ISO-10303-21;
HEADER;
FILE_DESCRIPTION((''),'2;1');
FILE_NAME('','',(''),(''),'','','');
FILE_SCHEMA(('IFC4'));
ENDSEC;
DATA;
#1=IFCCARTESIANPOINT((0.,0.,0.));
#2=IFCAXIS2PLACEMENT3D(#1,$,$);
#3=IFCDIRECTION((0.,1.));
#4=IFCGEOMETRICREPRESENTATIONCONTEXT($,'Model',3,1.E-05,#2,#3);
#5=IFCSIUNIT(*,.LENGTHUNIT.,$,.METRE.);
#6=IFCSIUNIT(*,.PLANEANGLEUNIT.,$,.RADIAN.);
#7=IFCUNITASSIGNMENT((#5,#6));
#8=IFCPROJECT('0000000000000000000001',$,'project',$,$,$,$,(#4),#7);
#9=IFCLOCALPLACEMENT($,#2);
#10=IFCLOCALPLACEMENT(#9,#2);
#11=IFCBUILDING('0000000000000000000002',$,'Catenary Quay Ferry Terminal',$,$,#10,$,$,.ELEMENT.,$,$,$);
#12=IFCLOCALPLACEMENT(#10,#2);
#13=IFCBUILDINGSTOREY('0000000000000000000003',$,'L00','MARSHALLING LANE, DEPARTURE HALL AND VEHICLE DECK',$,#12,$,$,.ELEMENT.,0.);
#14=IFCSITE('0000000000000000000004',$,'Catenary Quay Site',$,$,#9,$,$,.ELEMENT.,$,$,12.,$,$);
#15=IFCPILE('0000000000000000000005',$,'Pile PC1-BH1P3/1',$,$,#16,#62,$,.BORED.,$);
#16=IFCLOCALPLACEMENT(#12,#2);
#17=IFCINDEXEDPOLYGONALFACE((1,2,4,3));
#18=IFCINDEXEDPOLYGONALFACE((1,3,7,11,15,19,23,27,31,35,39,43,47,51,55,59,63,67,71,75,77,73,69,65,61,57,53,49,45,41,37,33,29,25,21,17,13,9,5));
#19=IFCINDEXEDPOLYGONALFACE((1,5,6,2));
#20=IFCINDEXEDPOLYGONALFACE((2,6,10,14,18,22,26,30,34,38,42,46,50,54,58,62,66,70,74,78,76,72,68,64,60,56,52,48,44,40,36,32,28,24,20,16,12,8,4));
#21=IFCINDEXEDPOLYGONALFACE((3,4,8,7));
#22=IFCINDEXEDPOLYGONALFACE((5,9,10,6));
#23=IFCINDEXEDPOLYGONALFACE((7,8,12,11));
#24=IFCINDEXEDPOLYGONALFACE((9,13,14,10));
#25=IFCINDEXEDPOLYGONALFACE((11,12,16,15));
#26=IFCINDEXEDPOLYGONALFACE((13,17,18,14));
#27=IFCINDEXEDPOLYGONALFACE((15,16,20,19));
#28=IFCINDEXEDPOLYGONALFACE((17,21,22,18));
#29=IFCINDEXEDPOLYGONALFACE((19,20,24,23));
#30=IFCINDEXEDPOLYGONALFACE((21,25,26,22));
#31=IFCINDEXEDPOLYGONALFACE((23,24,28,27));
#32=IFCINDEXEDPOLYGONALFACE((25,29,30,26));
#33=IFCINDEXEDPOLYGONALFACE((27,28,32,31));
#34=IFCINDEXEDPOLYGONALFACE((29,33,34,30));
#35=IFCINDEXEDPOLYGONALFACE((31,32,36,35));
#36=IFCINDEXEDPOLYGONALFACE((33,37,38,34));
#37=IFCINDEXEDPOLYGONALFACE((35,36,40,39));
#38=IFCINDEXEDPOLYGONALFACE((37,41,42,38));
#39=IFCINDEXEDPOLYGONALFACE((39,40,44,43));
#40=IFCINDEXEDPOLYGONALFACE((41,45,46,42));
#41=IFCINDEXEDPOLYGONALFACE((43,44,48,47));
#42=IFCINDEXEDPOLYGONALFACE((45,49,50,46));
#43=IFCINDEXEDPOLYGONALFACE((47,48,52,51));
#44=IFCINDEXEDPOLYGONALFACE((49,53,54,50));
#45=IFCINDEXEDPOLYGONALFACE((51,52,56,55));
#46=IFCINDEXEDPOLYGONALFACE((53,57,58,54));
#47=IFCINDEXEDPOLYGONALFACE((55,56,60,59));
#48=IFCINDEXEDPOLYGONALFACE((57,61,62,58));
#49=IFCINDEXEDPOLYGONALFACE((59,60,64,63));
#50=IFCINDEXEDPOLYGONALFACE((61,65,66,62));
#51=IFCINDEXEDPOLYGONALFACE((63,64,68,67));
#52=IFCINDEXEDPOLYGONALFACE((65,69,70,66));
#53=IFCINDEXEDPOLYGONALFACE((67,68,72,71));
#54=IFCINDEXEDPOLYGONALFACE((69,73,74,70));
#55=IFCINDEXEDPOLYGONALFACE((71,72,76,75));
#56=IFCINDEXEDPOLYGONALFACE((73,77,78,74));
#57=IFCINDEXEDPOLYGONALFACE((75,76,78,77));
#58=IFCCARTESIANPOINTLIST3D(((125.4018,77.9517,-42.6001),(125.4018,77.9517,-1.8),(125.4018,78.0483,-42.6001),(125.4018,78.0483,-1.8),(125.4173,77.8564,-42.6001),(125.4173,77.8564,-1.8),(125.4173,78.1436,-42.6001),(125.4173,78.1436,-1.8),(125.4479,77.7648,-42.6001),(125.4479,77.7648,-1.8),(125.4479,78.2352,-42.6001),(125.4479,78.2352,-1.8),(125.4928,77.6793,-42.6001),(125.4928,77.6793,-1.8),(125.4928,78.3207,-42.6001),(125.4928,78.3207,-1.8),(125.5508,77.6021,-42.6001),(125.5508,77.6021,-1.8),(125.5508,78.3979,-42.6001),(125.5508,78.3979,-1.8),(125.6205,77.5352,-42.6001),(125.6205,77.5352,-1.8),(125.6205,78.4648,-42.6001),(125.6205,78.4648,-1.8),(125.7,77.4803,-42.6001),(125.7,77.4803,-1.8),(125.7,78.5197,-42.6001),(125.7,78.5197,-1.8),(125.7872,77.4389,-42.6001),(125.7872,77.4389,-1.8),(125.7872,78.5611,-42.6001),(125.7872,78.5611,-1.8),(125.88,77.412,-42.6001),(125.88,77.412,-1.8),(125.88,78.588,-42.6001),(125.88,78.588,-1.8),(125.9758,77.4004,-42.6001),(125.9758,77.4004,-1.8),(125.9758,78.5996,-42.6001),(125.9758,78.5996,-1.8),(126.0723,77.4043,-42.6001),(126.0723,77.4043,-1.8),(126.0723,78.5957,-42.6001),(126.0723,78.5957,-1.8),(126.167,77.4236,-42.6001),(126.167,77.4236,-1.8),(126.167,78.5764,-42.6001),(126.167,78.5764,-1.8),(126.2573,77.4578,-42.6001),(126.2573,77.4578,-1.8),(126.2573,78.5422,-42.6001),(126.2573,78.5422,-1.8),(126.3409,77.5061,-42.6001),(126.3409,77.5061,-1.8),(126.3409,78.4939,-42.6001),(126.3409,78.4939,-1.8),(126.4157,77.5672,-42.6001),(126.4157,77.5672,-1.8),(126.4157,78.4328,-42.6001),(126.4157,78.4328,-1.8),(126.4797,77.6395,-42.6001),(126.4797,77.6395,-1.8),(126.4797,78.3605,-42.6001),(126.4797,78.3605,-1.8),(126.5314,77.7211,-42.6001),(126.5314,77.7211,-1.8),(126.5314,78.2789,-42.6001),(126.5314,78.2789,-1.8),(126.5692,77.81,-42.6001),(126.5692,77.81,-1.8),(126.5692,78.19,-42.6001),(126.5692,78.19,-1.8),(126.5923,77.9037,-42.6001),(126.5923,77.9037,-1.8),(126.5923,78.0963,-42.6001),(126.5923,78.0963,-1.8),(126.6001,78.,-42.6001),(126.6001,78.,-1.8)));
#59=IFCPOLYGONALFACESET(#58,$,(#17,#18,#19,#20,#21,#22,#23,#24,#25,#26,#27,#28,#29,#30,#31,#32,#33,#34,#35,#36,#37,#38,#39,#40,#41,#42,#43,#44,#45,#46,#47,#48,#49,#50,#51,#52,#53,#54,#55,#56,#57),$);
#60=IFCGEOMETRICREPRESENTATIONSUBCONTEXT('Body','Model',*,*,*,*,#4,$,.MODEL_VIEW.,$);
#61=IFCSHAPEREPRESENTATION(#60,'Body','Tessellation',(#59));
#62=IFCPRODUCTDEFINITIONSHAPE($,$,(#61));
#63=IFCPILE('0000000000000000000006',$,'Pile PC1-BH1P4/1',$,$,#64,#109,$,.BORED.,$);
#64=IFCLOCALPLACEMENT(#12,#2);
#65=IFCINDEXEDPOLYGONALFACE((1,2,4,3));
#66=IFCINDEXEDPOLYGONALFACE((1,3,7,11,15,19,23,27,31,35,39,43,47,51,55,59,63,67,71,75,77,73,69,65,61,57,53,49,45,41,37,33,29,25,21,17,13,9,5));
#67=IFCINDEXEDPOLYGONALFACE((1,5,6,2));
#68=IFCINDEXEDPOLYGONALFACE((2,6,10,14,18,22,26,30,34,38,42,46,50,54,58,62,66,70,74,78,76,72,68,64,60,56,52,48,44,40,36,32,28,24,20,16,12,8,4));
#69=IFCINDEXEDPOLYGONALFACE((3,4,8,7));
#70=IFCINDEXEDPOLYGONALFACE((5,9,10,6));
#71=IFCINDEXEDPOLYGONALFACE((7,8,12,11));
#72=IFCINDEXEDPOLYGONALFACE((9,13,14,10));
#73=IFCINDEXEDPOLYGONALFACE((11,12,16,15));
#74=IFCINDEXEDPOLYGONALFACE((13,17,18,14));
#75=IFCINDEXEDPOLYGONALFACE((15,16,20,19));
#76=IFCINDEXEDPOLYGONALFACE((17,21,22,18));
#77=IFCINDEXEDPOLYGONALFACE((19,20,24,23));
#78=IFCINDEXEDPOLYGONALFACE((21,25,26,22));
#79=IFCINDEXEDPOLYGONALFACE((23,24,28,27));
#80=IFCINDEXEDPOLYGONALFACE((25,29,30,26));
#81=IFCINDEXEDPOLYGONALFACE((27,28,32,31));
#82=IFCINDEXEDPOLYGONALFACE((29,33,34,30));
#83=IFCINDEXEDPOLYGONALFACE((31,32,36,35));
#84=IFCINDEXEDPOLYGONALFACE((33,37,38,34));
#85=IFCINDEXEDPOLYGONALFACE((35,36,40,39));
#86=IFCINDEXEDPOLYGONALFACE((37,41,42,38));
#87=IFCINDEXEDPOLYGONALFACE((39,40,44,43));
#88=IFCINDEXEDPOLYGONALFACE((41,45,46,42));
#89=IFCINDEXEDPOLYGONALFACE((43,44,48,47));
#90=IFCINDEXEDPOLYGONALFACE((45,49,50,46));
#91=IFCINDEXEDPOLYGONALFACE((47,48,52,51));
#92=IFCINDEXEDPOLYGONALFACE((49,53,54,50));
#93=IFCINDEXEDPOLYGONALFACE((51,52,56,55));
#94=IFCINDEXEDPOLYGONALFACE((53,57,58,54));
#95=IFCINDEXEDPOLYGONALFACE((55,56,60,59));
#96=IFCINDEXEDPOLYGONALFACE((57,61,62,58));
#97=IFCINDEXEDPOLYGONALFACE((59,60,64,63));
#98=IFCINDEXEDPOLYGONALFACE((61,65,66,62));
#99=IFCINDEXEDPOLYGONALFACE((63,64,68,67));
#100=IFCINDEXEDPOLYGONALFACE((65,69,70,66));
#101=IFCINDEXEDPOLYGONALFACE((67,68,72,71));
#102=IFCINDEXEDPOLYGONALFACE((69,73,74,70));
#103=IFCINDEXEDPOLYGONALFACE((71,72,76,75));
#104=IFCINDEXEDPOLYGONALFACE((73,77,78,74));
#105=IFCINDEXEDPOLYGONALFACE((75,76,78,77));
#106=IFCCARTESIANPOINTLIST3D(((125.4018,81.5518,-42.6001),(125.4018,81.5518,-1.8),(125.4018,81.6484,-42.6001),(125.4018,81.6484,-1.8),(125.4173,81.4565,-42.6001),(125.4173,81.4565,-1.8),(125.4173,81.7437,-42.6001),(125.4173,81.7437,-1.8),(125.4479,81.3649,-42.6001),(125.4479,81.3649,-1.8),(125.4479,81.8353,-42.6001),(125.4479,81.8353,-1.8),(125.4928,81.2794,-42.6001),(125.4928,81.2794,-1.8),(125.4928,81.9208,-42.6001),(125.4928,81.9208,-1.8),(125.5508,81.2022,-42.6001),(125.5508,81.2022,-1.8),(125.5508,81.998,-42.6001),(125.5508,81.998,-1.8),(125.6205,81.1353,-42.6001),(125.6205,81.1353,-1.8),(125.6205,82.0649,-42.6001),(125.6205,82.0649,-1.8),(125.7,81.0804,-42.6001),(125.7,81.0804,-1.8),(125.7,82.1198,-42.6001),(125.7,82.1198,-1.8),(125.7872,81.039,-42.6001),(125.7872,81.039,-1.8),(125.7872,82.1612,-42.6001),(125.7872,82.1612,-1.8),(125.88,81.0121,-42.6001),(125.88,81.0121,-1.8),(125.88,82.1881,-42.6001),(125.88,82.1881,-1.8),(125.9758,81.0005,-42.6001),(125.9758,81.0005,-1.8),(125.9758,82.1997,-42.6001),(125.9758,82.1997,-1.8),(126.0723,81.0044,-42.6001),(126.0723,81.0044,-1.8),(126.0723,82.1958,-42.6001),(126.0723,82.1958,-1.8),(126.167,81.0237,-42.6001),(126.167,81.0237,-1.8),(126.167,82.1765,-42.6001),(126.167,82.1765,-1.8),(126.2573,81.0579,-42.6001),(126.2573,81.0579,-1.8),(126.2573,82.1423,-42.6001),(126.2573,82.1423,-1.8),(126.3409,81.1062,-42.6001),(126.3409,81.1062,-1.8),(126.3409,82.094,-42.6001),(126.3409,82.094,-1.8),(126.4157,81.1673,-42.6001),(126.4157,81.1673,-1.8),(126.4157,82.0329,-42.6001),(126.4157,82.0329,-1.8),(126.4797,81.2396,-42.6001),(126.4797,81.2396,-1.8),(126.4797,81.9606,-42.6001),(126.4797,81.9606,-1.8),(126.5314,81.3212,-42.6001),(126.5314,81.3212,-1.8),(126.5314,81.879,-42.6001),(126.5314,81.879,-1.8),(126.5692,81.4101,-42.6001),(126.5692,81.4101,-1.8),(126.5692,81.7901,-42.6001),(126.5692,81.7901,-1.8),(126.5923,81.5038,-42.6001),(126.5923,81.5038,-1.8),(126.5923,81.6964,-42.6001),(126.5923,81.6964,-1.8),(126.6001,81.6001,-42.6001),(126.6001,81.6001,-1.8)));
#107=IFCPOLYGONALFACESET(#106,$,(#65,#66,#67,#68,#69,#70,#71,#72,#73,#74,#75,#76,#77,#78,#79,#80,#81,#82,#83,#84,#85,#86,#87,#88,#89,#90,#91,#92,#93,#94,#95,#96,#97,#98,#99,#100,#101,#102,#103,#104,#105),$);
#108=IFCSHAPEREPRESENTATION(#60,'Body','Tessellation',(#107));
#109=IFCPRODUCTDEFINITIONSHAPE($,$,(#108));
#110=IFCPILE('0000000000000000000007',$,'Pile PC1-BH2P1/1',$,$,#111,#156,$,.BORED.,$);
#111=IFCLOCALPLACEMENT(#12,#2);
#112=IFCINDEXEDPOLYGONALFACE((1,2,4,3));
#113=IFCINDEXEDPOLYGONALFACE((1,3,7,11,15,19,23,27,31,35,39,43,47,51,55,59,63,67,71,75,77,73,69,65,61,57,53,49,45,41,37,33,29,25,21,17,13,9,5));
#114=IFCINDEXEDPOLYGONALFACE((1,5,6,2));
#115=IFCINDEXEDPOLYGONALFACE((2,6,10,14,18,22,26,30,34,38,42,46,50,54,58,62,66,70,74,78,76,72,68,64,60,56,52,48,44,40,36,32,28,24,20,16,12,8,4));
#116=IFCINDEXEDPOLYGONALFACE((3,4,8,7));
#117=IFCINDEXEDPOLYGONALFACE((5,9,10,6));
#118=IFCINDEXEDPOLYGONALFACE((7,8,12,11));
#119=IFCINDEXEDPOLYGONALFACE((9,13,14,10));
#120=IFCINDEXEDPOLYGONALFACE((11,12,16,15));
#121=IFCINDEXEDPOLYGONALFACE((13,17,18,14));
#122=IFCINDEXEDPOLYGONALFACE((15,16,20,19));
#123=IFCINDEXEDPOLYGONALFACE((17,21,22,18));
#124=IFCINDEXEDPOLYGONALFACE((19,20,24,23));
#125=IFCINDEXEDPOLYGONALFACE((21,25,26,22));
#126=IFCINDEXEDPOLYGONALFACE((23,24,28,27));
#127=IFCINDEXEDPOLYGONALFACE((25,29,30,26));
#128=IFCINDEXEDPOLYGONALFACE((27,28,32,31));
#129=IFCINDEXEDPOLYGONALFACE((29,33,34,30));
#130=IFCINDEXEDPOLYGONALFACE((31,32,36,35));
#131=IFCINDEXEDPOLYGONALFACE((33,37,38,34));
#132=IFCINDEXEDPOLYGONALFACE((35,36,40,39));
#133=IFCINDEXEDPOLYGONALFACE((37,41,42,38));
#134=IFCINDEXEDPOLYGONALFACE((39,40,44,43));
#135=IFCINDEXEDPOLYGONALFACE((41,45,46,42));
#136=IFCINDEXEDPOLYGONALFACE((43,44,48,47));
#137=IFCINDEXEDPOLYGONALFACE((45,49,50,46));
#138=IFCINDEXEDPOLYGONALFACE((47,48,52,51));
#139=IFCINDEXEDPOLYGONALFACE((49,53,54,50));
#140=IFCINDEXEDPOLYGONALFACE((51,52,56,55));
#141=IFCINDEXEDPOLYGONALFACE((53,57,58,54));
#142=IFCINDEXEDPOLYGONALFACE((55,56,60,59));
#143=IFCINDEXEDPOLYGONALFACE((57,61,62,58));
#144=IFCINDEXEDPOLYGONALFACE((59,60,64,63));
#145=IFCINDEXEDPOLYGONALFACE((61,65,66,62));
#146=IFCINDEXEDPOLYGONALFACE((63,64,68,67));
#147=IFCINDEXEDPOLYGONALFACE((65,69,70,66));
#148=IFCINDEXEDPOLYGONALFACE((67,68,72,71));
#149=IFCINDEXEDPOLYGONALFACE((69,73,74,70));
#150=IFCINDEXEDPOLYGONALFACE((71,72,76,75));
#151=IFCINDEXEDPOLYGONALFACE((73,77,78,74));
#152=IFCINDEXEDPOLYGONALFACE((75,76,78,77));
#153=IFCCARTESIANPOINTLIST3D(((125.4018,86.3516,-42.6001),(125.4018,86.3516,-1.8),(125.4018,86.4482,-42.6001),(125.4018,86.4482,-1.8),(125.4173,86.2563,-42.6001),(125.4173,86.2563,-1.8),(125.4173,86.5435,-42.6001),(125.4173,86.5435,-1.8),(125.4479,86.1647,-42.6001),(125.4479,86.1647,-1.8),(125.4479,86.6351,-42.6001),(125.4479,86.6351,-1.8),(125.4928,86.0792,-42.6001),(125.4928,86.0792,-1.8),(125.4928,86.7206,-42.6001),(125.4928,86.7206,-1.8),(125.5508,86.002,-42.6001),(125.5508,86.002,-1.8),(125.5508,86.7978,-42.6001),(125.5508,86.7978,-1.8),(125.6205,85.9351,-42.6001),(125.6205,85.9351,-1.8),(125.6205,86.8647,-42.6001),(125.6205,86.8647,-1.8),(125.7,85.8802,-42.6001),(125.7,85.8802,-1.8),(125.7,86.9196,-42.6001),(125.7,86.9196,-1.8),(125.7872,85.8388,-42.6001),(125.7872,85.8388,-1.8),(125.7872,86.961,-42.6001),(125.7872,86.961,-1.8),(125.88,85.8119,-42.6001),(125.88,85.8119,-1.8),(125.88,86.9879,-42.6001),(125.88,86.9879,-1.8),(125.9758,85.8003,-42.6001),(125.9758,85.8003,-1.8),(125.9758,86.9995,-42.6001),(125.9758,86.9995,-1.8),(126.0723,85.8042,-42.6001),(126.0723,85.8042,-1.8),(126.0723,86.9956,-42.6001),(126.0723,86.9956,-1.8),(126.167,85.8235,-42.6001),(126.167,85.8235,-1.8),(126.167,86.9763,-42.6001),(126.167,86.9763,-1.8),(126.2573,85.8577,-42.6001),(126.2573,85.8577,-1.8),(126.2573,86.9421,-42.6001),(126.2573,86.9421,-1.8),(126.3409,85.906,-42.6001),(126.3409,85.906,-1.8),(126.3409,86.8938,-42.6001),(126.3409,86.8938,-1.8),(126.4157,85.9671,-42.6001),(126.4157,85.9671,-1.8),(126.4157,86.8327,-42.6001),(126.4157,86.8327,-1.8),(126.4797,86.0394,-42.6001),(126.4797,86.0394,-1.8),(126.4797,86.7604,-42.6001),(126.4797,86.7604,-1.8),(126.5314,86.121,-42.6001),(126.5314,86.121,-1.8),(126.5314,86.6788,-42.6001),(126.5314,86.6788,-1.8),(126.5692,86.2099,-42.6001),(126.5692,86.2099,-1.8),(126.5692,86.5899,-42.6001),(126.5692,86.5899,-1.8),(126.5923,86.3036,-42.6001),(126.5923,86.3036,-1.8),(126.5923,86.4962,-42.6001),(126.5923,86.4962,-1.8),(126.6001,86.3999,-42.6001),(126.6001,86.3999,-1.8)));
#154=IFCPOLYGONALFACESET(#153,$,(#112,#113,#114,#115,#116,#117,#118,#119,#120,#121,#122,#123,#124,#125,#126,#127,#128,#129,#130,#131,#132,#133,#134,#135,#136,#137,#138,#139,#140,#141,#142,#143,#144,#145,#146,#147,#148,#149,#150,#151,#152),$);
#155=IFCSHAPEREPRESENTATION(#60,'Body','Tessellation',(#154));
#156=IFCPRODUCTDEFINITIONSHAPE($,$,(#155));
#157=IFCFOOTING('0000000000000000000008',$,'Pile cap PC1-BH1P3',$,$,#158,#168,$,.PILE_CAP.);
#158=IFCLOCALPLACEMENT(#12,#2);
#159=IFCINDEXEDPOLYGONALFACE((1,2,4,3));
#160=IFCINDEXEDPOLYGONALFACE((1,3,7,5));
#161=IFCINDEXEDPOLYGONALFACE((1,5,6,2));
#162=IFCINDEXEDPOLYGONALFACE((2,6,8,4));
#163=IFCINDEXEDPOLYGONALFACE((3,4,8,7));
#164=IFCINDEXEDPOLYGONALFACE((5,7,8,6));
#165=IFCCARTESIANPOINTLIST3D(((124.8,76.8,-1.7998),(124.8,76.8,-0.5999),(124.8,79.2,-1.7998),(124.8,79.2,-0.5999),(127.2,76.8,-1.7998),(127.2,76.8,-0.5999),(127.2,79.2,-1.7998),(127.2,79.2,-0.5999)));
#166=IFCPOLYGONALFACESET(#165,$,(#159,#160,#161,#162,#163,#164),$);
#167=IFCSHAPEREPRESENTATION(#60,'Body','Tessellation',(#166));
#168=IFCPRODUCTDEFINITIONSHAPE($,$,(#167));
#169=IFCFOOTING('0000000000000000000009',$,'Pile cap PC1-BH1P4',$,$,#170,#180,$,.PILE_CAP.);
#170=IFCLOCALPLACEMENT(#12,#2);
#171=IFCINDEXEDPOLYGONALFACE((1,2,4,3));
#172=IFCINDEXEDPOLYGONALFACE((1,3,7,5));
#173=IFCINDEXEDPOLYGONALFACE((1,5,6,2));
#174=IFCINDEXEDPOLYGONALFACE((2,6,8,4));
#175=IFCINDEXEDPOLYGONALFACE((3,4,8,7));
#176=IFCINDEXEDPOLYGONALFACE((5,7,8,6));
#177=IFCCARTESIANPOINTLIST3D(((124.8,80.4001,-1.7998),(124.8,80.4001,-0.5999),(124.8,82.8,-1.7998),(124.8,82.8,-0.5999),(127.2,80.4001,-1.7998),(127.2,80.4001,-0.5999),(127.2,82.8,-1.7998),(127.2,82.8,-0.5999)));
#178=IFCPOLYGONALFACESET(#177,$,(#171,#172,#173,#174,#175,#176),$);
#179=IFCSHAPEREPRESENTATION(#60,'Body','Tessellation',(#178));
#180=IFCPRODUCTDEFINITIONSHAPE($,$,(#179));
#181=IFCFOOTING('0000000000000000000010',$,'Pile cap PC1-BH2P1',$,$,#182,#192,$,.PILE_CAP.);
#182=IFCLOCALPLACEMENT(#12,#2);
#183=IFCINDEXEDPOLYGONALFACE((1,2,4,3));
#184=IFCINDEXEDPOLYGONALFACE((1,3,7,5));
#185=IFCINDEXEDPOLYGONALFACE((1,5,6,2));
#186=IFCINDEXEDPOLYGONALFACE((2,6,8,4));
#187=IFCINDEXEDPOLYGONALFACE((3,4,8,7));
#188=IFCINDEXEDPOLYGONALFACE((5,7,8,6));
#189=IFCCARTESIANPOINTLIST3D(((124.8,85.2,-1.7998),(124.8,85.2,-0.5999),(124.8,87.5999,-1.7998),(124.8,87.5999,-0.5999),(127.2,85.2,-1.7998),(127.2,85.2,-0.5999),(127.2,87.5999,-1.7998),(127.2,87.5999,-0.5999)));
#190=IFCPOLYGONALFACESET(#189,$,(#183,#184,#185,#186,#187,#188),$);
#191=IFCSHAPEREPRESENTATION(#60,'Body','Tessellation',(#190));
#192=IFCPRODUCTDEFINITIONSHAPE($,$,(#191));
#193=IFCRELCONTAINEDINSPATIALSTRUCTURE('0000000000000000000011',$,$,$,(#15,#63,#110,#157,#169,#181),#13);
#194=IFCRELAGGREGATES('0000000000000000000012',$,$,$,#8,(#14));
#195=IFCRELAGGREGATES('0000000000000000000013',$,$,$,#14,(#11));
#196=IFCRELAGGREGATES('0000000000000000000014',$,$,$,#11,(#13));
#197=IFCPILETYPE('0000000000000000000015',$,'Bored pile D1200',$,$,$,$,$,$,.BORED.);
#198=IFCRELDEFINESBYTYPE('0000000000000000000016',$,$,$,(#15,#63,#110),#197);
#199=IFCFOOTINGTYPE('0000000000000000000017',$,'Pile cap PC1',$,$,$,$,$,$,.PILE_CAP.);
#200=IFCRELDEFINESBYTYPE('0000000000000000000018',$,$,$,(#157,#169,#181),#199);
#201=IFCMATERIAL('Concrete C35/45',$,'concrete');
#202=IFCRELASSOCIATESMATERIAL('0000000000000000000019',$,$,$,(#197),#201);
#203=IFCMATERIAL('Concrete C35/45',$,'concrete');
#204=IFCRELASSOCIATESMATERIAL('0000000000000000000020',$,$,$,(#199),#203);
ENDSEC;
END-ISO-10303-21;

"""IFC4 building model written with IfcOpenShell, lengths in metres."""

from ifc_helpers import new_model, si_unit, direction, frame, origin, origin_2d, place, context, subcontext, project, spatial, rectangle, circle, extrude, material, material_profile, profile_set, type_object, element, save


model = new_model("IFC4")

# Units and contexts
model_context = context("Model", 3, precision=1e-05, world=origin(), true_north=direction((0.0, 1.0)))
body_context = subcontext(model_context, "Body", "Model", "MODEL_VIEW")
ifc_project = project(units=[si_unit("LENGTHUNIT", "METRE"), si_unit("PLANEANGLEUNIT", "RADIAN")], contexts=[model_context])

# Site, building, storey
site_placement = place(None, origin())
site = spatial("IfcSite", under=ifc_project, at=site_placement, Name="Catenary Quay Site", CompositionType="ELEMENT", RefElevation=12.0)
building_placement = place(site_placement, origin())
building = spatial("IfcBuilding", under=site, at=building_placement, Name="Catenary Quay Ferry Terminal", CompositionType="ELEMENT")
storey_placement = place(building_placement, origin())
storey = spatial("IfcBuildingStorey", under=building, at=storey_placement, Name="L00", Description="MARSHALLING LANE, DEPARTURE HALL AND VEHICLE DECK", CompositionType="ELEMENT", Elevation=0.0)

# Piles
ifc_material_1 = material(Name="Concrete C35/45", Category="concrete")
ifc_material_profile_1 = material_profile(ifc_material_1, circle(Radius=0.6001, at=origin_2d()), Name="D1200")
ifc_profile_set_1 = profile_set([ifc_material_profile_1], Name="Concrete C35/45")
pile_type = type_object("IfcPileType", Name="Bored pile D1200", PredefinedType="BORED", material=ifc_profile_set_1)
for number, where, z_axis, x_axis, name in (
    (1, (126.0, 78.0, -1.8), (0.0, 0.0, -1.0), (1.0, 0.0, 0.0), "Pile PC1-BH1P3/1"),
    (2, (126.0, 81.6001, -1.8), (0.0, 0.0, -1.0), (1.0, 0.0, 0.0), "Pile PC1-BH1P4/1"),
    (3, (126.0, 86.3999, -1.8), (0.0, 0.0, -1.0), (1.0, 0.0, 0.0), "Pile PC1-BH2P1/1"),
):
    element("IfcPile", number, at=place(storey_placement, frame(where, z_axis=z_axis, x_axis=x_axis)), inside=storey, type_object=pile_type, Name=name, PredefinedType="BORED", context=body_context, shape_type="SweptSolid", body=[
        extrude(circle(Radius=0.6001, at=origin_2d()), origin(), (0.0, 0.0, 1.0), 40.8),
    ])

# Footings
ifc_material_2 = material(Name="Concrete C35/45", Category="concrete")
footing_type = type_object("IfcFootingType", Name="Pile cap PC1", PredefinedType="PILE_CAP", material=ifc_material_2)
for number, where, z_axis, x_axis, name in (
    (4, (126.0, 78.0, -1.7998), (0.0, 0.0, 1.0), (1.0, 0.0, 0.0), "Pile cap PC1-BH1P3"),
    (5, (126.0, 81.6001, -1.7998), (0.0, 0.0, 1.0), (1.0, 0.0, 0.0), "Pile cap PC1-BH1P4"),
    (6, (126.0, 86.3999, -1.7998), (0.0, 0.0, 1.0), (1.0, 0.0, 0.0), "Pile cap PC1-BH2P1"),
):
    element("IfcFooting", number, at=place(storey_placement, frame(where, z_axis=z_axis, x_axis=x_axis)), inside=storey, type_object=footing_type, Name=name, PredefinedType="PILE_CAP", context=body_context, shape_type="SweptSolid", body=[
        extrude(rectangle(XDim=2.3999, YDim=2.3999, at=origin_2d()), origin(), (0.0, 0.0, 1.0), 1.2),
    ])

save(model, "model.ifc")
